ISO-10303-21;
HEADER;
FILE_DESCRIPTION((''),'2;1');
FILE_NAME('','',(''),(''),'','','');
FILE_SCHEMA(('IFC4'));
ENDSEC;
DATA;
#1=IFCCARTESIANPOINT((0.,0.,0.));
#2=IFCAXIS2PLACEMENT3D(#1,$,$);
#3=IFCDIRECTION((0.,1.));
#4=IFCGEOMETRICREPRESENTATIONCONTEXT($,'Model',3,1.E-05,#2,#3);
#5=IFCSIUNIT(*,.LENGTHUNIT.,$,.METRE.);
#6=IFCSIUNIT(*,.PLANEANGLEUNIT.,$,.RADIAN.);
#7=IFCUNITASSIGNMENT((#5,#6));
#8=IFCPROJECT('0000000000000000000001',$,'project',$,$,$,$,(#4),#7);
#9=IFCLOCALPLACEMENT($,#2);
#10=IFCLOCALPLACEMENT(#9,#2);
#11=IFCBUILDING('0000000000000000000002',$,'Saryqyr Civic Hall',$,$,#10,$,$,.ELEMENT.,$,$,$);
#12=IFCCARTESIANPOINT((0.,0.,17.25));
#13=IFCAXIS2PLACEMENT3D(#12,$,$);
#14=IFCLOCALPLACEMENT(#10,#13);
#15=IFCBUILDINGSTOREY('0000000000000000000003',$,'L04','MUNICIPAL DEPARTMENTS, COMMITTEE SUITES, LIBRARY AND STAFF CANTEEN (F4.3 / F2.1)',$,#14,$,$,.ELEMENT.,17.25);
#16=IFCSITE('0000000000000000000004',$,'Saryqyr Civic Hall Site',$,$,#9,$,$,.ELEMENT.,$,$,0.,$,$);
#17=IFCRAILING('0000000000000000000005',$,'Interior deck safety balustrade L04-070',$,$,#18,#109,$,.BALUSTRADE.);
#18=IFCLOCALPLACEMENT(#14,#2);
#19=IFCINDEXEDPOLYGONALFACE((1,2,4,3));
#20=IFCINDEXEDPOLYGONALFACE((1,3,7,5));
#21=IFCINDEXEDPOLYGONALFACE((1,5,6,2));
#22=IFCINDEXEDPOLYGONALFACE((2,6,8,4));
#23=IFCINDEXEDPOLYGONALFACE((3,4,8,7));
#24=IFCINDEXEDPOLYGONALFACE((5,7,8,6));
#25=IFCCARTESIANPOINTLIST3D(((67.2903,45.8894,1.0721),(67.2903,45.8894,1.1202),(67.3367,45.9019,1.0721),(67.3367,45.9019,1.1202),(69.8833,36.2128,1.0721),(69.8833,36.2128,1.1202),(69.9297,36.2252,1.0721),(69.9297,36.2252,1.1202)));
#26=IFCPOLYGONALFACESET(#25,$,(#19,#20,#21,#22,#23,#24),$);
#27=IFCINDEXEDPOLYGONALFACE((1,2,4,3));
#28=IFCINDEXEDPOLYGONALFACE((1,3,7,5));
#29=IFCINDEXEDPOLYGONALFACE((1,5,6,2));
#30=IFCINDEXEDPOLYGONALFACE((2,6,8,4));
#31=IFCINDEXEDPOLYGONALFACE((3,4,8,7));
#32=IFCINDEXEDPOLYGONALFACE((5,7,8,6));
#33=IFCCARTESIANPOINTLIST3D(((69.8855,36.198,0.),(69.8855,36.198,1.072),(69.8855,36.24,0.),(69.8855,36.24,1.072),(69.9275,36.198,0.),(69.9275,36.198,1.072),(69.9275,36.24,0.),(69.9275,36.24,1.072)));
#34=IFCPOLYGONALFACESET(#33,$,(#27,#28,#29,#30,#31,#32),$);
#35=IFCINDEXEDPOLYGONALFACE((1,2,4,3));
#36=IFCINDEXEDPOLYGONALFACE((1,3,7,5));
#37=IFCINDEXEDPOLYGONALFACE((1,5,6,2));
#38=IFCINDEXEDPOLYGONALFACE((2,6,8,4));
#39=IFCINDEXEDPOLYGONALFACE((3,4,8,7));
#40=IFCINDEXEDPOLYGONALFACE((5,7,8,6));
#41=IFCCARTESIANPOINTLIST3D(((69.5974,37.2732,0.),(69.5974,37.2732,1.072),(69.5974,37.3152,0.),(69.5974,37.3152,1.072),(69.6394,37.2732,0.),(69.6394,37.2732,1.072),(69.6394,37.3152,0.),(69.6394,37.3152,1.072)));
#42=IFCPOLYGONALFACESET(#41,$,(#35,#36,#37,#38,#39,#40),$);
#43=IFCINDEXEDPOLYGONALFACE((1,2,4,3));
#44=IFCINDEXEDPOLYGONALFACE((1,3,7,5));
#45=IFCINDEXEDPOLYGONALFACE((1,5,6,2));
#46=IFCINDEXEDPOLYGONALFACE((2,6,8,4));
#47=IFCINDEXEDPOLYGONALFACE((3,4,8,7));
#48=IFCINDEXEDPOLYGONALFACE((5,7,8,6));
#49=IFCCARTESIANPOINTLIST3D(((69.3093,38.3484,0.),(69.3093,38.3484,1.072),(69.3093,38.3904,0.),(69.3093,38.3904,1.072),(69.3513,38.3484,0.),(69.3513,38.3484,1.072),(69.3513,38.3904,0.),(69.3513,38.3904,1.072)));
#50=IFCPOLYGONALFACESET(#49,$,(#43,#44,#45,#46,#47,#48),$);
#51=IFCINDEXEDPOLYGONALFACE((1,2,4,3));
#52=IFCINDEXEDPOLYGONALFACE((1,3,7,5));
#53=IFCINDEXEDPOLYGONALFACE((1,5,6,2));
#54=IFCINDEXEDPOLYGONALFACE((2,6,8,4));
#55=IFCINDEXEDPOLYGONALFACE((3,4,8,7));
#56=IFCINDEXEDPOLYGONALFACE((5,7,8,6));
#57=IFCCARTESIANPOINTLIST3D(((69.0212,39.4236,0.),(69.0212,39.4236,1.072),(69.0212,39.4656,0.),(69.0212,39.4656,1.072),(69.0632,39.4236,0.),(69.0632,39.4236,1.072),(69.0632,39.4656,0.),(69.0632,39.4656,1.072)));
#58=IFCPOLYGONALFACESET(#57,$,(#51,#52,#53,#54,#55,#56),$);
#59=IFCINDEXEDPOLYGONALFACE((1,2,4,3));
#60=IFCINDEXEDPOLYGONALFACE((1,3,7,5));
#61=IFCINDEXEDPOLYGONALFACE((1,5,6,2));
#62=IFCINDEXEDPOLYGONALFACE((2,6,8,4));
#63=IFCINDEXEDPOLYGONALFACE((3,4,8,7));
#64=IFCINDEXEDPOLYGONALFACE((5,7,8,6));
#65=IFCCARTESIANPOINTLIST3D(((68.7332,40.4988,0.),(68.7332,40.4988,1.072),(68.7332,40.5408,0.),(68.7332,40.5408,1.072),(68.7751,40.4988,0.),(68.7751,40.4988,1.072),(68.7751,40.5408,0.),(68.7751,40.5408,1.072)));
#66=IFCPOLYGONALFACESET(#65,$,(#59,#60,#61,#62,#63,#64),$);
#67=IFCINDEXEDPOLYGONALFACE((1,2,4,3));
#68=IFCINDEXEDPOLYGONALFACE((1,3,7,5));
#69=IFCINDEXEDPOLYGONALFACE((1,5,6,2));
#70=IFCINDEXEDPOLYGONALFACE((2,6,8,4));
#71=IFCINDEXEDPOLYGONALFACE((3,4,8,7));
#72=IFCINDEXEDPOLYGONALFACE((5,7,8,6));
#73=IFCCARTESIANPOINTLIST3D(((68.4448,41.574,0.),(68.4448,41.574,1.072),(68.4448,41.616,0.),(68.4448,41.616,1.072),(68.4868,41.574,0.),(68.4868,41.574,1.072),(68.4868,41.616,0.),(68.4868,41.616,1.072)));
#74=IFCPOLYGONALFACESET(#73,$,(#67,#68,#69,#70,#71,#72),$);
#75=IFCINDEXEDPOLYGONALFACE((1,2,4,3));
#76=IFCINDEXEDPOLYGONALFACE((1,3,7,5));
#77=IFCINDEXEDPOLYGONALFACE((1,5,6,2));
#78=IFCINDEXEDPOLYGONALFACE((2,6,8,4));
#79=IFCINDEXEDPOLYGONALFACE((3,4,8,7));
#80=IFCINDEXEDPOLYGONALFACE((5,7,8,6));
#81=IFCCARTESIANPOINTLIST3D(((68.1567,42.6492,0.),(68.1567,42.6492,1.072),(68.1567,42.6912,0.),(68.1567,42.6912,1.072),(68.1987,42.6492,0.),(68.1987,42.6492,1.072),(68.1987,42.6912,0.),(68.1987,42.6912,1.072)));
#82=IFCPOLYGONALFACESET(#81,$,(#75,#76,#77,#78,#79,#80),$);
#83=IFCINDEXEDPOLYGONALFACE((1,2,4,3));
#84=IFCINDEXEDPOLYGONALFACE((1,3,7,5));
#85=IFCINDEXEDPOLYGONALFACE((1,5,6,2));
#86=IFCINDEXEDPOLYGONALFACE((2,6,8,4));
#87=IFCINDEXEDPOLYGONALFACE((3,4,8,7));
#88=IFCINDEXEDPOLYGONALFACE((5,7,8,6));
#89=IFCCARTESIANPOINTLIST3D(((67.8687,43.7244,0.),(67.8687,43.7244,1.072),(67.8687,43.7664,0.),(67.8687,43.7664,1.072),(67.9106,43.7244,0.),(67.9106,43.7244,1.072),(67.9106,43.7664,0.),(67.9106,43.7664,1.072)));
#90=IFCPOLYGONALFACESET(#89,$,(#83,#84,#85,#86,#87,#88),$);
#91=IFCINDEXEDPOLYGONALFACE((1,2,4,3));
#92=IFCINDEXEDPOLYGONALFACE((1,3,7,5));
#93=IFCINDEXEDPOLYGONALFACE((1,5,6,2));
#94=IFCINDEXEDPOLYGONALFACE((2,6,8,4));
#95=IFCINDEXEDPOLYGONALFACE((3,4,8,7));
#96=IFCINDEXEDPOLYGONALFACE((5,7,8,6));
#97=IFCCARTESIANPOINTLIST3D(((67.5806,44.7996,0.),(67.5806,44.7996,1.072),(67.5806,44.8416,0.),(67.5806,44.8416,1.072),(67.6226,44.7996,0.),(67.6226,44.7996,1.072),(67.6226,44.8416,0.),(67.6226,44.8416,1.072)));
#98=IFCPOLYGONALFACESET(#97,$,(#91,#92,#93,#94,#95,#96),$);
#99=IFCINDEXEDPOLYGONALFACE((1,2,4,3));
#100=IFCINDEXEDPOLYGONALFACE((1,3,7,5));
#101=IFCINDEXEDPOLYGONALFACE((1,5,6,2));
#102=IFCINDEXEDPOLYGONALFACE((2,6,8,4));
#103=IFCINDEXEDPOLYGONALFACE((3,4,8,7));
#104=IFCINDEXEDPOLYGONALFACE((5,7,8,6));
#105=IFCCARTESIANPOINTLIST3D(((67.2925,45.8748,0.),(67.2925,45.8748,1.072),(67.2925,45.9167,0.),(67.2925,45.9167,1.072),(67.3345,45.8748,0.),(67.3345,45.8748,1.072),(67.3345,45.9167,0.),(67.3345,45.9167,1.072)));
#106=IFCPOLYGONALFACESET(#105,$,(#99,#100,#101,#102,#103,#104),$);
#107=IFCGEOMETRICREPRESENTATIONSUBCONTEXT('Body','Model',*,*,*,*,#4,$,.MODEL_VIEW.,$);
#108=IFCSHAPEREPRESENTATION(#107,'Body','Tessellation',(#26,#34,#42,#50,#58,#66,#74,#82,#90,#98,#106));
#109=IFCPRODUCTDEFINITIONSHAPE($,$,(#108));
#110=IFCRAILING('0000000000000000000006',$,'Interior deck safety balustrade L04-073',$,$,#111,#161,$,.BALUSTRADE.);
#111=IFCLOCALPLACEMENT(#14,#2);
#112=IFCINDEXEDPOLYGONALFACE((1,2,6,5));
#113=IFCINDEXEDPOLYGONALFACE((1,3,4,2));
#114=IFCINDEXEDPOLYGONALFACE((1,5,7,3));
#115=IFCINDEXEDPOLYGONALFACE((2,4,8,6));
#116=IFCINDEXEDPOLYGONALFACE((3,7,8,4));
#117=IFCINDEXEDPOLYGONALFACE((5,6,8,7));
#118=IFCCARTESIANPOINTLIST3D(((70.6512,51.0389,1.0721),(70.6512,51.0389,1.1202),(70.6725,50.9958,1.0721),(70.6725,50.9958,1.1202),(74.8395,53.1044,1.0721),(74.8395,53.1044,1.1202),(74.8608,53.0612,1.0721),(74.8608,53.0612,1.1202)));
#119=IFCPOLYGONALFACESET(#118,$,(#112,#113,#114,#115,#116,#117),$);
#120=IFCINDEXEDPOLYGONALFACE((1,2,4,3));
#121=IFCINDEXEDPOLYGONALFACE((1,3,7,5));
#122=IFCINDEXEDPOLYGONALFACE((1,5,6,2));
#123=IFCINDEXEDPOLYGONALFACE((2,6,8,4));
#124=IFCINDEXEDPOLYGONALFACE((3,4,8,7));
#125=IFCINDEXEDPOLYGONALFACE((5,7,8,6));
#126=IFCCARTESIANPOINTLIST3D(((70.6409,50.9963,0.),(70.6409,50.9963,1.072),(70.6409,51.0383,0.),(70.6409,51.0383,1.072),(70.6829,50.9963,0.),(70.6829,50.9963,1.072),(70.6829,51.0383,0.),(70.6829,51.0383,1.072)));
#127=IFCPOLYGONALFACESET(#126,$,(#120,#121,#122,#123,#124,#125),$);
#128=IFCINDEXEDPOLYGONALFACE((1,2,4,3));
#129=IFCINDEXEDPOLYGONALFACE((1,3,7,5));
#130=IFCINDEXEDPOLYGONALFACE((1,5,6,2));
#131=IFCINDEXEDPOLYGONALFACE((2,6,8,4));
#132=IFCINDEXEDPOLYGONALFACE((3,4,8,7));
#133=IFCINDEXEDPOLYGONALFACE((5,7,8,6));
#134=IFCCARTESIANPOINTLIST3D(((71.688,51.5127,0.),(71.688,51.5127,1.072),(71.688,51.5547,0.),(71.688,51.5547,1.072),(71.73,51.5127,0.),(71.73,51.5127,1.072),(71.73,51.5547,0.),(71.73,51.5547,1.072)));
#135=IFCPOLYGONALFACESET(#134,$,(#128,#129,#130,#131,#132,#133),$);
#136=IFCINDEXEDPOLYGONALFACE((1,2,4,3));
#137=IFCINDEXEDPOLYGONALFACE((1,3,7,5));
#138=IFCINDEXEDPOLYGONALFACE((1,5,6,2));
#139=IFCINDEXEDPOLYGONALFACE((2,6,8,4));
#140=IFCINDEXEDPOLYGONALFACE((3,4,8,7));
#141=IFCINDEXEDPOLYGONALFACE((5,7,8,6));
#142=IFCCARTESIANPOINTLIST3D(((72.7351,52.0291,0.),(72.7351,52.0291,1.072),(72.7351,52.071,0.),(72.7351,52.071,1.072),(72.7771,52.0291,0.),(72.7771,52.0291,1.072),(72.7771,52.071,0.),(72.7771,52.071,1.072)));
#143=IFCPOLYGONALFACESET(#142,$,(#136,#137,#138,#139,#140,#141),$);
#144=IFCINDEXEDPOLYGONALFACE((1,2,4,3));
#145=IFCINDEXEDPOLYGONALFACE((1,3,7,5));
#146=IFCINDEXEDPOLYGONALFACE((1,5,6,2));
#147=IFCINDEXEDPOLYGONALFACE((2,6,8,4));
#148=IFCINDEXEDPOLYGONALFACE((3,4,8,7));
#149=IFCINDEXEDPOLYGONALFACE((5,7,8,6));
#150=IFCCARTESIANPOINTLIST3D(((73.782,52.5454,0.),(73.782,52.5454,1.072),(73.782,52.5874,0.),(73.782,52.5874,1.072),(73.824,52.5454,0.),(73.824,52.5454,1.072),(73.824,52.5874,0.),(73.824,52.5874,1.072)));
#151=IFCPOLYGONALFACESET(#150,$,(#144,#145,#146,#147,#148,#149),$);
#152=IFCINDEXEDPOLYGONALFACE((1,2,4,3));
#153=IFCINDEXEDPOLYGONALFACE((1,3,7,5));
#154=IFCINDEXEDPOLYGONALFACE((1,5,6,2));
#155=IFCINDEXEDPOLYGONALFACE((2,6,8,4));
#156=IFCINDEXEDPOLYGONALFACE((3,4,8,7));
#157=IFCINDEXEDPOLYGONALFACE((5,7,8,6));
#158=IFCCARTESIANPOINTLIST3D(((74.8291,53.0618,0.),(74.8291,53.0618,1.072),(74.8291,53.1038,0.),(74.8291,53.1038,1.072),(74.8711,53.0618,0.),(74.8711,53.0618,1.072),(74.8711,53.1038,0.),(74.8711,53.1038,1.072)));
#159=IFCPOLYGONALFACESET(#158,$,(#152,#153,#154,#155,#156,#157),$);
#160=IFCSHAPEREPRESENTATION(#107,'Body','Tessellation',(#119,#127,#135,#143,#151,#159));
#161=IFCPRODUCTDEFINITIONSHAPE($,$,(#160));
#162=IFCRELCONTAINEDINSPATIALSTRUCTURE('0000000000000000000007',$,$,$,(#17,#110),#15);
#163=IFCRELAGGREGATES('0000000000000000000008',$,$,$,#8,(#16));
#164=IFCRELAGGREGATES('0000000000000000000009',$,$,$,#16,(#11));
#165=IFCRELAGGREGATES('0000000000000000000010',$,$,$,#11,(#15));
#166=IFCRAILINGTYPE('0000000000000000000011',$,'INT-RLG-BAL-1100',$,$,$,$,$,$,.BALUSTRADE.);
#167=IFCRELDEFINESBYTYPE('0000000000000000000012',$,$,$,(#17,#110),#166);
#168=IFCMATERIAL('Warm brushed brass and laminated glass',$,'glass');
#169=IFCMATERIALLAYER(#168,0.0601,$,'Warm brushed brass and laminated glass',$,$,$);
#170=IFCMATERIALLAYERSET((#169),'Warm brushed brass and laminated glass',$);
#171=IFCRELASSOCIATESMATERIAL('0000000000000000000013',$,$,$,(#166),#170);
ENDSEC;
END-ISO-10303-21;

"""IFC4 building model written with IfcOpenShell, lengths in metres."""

from ifc_helpers import new_model, si_unit, direction, frame, origin, origin_2d, place, context, subcontext, project, spatial, rectangle, extrude, material, layer, layer_set, type_object, element, save


model = new_model("IFC4")

# Units and contexts
model_context = context("Model", 3, precision=1e-05, world=origin(), true_north=direction((0.0, 1.0)))
body_context = subcontext(model_context, "Body", "Model", "MODEL_VIEW")
ifc_project = project(units=[si_unit("LENGTHUNIT", "METRE"), si_unit("PLANEANGLEUNIT", "RADIAN")], contexts=[model_context])

# Site, building, storey
site_placement = place(None, origin())
site = spatial("IfcSite", under=ifc_project, at=site_placement, Name="Saryqyr Civic Hall Site", CompositionType="ELEMENT", RefElevation=0.0)
building_placement = place(site_placement, origin())
building = spatial("IfcBuilding", under=site, at=building_placement, Name="Saryqyr Civic Hall", CompositionType="ELEMENT")
storey_placement = place(building_placement, frame((0.0, 0.0, 17.25)))
storey = spatial("IfcBuildingStorey", under=building, at=storey_placement, Name="L04", Description="MUNICIPAL DEPARTMENTS, COMMITTEE SUITES, LIBRARY AND STAFF CANTEEN (F4.3 / F2.1)", CompositionType="ELEMENT", Elevation=17.25)

# Railings
ifc_material_1 = material(Name="Warm brushed brass and laminated glass", Category="glass")
ifc_layer_1 = layer(ifc_material_1, 0.0601, Name="Warm brushed brass and laminated glass")
ifc_layer_set_1 = layer_set([ifc_layer_1], Name="Warm brushed brass and laminated glass")
railing_type = type_object("IfcRailingType", Name="INT-RLG-BAL-1100", PredefinedType="BALUSTRADE", material=ifc_layer_set_1)
railing_1_placement = place(storey_placement, frame((69.9065, 36.219, 0.0)))
element("IfcRailing", 1, at=railing_1_placement, inside=storey, type_object=railing_type, Name="Interior deck safety balustrade L04-070", PredefinedType="BALUSTRADE", context=body_context, shape_type="SweptSolid", body=[
    extrude(rectangle(XDim=0.0481, YDim=0.0481, at=origin_2d()), frame((0.0, 0.0, 1.0962), z_axis=(-0.258832, 0.965922, 0.0), x_axis=(-0.965922, -0.258832, 0.0)), (0.0, 0.0, 1.0), 10.0181),
    extrude(rectangle(XDim=0.042, YDim=0.042, at=origin_2d()), origin(), (0.0, 0.0, 1.0), 1.072),
    extrude(rectangle(XDim=0.042, YDim=0.042, at=origin_2d()), frame((-0.2881, 1.0752, 0.0)), (0.0, 0.0, 1.0), 1.072),
    extrude(rectangle(XDim=0.042, YDim=0.042, at=origin_2d()), frame((-0.5762, 2.1504, 0.0)), (0.0, 0.0, 1.0), 1.072),
    extrude(rectangle(XDim=0.042, YDim=0.042, at=origin_2d()), frame((-0.8643, 3.2256, 0.0)), (0.0, 0.0, 1.0), 1.072),
    extrude(rectangle(XDim=0.042, YDim=0.042, at=origin_2d()), frame((-1.1523, 4.3008, 0.0)), (0.0, 0.0, 1.0), 1.072),
    extrude(rectangle(XDim=0.042, YDim=0.042, at=origin_2d()), frame((-1.4407, 5.376, 0.0)), (0.0, 0.0, 1.0), 1.072),
    extrude(rectangle(XDim=0.042, YDim=0.042, at=origin_2d()), frame((-1.7288, 6.4512, 0.0)), (0.0, 0.0, 1.0), 1.072),
    extrude(rectangle(XDim=0.042, YDim=0.042, at=origin_2d()), frame((-2.0168, 7.5264, 0.0)), (0.0, 0.0, 1.0), 1.072),
    extrude(rectangle(XDim=0.042, YDim=0.042, at=origin_2d()), frame((-2.3049, 8.6016, 0.0)), (0.0, 0.0, 1.0), 1.072),
    extrude(rectangle(XDim=0.042, YDim=0.042, at=origin_2d()), frame((-2.593, 9.6768, 0.0)), (0.0, 0.0, 1.0), 1.072),
])
railing_2_placement = place(storey_placement, frame((70.6619, 51.0173, 0.0)))
element("IfcRailing", 2, at=railing_2_placement, inside=storey, type_object=railing_type, Name="Interior deck safety balustrade L04-073", PredefinedType="BALUSTRADE", context=body_context, shape_type="SweptSolid", body=[
    extrude(rectangle(XDim=0.0481, YDim=0.0481, at=origin_2d()), frame((0.0, 0.0, 1.0962), z_axis=(0.896871, 0.442292, 0.0), x_axis=(-0.442292, 0.896871, 0.0)), (0.0, 0.0, 1.0), 4.6699),
    extrude(rectangle(XDim=0.042, YDim=0.042, at=origin_2d()), origin(), (0.0, 0.0, 1.0), 1.072),
    extrude(rectangle(XDim=0.042, YDim=0.042, at=origin_2d()), frame((1.0471, 0.5164, 0.0)), (0.0, 0.0, 1.0), 1.072),
    extrude(rectangle(XDim=0.042, YDim=0.042, at=origin_2d()), frame((2.0942, 1.0327, 0.0)), (0.0, 0.0, 1.0), 1.072),
    extrude(rectangle(XDim=0.042, YDim=0.042, at=origin_2d()), frame((3.1411, 1.5491, 0.0)), (0.0, 0.0, 1.0), 1.072),
    extrude(rectangle(XDim=0.042, YDim=0.042, at=origin_2d()), frame((4.1882, 2.0654, 0.0)), (0.0, 0.0, 1.0), 1.072),
])

save(model, "model.ifc")
